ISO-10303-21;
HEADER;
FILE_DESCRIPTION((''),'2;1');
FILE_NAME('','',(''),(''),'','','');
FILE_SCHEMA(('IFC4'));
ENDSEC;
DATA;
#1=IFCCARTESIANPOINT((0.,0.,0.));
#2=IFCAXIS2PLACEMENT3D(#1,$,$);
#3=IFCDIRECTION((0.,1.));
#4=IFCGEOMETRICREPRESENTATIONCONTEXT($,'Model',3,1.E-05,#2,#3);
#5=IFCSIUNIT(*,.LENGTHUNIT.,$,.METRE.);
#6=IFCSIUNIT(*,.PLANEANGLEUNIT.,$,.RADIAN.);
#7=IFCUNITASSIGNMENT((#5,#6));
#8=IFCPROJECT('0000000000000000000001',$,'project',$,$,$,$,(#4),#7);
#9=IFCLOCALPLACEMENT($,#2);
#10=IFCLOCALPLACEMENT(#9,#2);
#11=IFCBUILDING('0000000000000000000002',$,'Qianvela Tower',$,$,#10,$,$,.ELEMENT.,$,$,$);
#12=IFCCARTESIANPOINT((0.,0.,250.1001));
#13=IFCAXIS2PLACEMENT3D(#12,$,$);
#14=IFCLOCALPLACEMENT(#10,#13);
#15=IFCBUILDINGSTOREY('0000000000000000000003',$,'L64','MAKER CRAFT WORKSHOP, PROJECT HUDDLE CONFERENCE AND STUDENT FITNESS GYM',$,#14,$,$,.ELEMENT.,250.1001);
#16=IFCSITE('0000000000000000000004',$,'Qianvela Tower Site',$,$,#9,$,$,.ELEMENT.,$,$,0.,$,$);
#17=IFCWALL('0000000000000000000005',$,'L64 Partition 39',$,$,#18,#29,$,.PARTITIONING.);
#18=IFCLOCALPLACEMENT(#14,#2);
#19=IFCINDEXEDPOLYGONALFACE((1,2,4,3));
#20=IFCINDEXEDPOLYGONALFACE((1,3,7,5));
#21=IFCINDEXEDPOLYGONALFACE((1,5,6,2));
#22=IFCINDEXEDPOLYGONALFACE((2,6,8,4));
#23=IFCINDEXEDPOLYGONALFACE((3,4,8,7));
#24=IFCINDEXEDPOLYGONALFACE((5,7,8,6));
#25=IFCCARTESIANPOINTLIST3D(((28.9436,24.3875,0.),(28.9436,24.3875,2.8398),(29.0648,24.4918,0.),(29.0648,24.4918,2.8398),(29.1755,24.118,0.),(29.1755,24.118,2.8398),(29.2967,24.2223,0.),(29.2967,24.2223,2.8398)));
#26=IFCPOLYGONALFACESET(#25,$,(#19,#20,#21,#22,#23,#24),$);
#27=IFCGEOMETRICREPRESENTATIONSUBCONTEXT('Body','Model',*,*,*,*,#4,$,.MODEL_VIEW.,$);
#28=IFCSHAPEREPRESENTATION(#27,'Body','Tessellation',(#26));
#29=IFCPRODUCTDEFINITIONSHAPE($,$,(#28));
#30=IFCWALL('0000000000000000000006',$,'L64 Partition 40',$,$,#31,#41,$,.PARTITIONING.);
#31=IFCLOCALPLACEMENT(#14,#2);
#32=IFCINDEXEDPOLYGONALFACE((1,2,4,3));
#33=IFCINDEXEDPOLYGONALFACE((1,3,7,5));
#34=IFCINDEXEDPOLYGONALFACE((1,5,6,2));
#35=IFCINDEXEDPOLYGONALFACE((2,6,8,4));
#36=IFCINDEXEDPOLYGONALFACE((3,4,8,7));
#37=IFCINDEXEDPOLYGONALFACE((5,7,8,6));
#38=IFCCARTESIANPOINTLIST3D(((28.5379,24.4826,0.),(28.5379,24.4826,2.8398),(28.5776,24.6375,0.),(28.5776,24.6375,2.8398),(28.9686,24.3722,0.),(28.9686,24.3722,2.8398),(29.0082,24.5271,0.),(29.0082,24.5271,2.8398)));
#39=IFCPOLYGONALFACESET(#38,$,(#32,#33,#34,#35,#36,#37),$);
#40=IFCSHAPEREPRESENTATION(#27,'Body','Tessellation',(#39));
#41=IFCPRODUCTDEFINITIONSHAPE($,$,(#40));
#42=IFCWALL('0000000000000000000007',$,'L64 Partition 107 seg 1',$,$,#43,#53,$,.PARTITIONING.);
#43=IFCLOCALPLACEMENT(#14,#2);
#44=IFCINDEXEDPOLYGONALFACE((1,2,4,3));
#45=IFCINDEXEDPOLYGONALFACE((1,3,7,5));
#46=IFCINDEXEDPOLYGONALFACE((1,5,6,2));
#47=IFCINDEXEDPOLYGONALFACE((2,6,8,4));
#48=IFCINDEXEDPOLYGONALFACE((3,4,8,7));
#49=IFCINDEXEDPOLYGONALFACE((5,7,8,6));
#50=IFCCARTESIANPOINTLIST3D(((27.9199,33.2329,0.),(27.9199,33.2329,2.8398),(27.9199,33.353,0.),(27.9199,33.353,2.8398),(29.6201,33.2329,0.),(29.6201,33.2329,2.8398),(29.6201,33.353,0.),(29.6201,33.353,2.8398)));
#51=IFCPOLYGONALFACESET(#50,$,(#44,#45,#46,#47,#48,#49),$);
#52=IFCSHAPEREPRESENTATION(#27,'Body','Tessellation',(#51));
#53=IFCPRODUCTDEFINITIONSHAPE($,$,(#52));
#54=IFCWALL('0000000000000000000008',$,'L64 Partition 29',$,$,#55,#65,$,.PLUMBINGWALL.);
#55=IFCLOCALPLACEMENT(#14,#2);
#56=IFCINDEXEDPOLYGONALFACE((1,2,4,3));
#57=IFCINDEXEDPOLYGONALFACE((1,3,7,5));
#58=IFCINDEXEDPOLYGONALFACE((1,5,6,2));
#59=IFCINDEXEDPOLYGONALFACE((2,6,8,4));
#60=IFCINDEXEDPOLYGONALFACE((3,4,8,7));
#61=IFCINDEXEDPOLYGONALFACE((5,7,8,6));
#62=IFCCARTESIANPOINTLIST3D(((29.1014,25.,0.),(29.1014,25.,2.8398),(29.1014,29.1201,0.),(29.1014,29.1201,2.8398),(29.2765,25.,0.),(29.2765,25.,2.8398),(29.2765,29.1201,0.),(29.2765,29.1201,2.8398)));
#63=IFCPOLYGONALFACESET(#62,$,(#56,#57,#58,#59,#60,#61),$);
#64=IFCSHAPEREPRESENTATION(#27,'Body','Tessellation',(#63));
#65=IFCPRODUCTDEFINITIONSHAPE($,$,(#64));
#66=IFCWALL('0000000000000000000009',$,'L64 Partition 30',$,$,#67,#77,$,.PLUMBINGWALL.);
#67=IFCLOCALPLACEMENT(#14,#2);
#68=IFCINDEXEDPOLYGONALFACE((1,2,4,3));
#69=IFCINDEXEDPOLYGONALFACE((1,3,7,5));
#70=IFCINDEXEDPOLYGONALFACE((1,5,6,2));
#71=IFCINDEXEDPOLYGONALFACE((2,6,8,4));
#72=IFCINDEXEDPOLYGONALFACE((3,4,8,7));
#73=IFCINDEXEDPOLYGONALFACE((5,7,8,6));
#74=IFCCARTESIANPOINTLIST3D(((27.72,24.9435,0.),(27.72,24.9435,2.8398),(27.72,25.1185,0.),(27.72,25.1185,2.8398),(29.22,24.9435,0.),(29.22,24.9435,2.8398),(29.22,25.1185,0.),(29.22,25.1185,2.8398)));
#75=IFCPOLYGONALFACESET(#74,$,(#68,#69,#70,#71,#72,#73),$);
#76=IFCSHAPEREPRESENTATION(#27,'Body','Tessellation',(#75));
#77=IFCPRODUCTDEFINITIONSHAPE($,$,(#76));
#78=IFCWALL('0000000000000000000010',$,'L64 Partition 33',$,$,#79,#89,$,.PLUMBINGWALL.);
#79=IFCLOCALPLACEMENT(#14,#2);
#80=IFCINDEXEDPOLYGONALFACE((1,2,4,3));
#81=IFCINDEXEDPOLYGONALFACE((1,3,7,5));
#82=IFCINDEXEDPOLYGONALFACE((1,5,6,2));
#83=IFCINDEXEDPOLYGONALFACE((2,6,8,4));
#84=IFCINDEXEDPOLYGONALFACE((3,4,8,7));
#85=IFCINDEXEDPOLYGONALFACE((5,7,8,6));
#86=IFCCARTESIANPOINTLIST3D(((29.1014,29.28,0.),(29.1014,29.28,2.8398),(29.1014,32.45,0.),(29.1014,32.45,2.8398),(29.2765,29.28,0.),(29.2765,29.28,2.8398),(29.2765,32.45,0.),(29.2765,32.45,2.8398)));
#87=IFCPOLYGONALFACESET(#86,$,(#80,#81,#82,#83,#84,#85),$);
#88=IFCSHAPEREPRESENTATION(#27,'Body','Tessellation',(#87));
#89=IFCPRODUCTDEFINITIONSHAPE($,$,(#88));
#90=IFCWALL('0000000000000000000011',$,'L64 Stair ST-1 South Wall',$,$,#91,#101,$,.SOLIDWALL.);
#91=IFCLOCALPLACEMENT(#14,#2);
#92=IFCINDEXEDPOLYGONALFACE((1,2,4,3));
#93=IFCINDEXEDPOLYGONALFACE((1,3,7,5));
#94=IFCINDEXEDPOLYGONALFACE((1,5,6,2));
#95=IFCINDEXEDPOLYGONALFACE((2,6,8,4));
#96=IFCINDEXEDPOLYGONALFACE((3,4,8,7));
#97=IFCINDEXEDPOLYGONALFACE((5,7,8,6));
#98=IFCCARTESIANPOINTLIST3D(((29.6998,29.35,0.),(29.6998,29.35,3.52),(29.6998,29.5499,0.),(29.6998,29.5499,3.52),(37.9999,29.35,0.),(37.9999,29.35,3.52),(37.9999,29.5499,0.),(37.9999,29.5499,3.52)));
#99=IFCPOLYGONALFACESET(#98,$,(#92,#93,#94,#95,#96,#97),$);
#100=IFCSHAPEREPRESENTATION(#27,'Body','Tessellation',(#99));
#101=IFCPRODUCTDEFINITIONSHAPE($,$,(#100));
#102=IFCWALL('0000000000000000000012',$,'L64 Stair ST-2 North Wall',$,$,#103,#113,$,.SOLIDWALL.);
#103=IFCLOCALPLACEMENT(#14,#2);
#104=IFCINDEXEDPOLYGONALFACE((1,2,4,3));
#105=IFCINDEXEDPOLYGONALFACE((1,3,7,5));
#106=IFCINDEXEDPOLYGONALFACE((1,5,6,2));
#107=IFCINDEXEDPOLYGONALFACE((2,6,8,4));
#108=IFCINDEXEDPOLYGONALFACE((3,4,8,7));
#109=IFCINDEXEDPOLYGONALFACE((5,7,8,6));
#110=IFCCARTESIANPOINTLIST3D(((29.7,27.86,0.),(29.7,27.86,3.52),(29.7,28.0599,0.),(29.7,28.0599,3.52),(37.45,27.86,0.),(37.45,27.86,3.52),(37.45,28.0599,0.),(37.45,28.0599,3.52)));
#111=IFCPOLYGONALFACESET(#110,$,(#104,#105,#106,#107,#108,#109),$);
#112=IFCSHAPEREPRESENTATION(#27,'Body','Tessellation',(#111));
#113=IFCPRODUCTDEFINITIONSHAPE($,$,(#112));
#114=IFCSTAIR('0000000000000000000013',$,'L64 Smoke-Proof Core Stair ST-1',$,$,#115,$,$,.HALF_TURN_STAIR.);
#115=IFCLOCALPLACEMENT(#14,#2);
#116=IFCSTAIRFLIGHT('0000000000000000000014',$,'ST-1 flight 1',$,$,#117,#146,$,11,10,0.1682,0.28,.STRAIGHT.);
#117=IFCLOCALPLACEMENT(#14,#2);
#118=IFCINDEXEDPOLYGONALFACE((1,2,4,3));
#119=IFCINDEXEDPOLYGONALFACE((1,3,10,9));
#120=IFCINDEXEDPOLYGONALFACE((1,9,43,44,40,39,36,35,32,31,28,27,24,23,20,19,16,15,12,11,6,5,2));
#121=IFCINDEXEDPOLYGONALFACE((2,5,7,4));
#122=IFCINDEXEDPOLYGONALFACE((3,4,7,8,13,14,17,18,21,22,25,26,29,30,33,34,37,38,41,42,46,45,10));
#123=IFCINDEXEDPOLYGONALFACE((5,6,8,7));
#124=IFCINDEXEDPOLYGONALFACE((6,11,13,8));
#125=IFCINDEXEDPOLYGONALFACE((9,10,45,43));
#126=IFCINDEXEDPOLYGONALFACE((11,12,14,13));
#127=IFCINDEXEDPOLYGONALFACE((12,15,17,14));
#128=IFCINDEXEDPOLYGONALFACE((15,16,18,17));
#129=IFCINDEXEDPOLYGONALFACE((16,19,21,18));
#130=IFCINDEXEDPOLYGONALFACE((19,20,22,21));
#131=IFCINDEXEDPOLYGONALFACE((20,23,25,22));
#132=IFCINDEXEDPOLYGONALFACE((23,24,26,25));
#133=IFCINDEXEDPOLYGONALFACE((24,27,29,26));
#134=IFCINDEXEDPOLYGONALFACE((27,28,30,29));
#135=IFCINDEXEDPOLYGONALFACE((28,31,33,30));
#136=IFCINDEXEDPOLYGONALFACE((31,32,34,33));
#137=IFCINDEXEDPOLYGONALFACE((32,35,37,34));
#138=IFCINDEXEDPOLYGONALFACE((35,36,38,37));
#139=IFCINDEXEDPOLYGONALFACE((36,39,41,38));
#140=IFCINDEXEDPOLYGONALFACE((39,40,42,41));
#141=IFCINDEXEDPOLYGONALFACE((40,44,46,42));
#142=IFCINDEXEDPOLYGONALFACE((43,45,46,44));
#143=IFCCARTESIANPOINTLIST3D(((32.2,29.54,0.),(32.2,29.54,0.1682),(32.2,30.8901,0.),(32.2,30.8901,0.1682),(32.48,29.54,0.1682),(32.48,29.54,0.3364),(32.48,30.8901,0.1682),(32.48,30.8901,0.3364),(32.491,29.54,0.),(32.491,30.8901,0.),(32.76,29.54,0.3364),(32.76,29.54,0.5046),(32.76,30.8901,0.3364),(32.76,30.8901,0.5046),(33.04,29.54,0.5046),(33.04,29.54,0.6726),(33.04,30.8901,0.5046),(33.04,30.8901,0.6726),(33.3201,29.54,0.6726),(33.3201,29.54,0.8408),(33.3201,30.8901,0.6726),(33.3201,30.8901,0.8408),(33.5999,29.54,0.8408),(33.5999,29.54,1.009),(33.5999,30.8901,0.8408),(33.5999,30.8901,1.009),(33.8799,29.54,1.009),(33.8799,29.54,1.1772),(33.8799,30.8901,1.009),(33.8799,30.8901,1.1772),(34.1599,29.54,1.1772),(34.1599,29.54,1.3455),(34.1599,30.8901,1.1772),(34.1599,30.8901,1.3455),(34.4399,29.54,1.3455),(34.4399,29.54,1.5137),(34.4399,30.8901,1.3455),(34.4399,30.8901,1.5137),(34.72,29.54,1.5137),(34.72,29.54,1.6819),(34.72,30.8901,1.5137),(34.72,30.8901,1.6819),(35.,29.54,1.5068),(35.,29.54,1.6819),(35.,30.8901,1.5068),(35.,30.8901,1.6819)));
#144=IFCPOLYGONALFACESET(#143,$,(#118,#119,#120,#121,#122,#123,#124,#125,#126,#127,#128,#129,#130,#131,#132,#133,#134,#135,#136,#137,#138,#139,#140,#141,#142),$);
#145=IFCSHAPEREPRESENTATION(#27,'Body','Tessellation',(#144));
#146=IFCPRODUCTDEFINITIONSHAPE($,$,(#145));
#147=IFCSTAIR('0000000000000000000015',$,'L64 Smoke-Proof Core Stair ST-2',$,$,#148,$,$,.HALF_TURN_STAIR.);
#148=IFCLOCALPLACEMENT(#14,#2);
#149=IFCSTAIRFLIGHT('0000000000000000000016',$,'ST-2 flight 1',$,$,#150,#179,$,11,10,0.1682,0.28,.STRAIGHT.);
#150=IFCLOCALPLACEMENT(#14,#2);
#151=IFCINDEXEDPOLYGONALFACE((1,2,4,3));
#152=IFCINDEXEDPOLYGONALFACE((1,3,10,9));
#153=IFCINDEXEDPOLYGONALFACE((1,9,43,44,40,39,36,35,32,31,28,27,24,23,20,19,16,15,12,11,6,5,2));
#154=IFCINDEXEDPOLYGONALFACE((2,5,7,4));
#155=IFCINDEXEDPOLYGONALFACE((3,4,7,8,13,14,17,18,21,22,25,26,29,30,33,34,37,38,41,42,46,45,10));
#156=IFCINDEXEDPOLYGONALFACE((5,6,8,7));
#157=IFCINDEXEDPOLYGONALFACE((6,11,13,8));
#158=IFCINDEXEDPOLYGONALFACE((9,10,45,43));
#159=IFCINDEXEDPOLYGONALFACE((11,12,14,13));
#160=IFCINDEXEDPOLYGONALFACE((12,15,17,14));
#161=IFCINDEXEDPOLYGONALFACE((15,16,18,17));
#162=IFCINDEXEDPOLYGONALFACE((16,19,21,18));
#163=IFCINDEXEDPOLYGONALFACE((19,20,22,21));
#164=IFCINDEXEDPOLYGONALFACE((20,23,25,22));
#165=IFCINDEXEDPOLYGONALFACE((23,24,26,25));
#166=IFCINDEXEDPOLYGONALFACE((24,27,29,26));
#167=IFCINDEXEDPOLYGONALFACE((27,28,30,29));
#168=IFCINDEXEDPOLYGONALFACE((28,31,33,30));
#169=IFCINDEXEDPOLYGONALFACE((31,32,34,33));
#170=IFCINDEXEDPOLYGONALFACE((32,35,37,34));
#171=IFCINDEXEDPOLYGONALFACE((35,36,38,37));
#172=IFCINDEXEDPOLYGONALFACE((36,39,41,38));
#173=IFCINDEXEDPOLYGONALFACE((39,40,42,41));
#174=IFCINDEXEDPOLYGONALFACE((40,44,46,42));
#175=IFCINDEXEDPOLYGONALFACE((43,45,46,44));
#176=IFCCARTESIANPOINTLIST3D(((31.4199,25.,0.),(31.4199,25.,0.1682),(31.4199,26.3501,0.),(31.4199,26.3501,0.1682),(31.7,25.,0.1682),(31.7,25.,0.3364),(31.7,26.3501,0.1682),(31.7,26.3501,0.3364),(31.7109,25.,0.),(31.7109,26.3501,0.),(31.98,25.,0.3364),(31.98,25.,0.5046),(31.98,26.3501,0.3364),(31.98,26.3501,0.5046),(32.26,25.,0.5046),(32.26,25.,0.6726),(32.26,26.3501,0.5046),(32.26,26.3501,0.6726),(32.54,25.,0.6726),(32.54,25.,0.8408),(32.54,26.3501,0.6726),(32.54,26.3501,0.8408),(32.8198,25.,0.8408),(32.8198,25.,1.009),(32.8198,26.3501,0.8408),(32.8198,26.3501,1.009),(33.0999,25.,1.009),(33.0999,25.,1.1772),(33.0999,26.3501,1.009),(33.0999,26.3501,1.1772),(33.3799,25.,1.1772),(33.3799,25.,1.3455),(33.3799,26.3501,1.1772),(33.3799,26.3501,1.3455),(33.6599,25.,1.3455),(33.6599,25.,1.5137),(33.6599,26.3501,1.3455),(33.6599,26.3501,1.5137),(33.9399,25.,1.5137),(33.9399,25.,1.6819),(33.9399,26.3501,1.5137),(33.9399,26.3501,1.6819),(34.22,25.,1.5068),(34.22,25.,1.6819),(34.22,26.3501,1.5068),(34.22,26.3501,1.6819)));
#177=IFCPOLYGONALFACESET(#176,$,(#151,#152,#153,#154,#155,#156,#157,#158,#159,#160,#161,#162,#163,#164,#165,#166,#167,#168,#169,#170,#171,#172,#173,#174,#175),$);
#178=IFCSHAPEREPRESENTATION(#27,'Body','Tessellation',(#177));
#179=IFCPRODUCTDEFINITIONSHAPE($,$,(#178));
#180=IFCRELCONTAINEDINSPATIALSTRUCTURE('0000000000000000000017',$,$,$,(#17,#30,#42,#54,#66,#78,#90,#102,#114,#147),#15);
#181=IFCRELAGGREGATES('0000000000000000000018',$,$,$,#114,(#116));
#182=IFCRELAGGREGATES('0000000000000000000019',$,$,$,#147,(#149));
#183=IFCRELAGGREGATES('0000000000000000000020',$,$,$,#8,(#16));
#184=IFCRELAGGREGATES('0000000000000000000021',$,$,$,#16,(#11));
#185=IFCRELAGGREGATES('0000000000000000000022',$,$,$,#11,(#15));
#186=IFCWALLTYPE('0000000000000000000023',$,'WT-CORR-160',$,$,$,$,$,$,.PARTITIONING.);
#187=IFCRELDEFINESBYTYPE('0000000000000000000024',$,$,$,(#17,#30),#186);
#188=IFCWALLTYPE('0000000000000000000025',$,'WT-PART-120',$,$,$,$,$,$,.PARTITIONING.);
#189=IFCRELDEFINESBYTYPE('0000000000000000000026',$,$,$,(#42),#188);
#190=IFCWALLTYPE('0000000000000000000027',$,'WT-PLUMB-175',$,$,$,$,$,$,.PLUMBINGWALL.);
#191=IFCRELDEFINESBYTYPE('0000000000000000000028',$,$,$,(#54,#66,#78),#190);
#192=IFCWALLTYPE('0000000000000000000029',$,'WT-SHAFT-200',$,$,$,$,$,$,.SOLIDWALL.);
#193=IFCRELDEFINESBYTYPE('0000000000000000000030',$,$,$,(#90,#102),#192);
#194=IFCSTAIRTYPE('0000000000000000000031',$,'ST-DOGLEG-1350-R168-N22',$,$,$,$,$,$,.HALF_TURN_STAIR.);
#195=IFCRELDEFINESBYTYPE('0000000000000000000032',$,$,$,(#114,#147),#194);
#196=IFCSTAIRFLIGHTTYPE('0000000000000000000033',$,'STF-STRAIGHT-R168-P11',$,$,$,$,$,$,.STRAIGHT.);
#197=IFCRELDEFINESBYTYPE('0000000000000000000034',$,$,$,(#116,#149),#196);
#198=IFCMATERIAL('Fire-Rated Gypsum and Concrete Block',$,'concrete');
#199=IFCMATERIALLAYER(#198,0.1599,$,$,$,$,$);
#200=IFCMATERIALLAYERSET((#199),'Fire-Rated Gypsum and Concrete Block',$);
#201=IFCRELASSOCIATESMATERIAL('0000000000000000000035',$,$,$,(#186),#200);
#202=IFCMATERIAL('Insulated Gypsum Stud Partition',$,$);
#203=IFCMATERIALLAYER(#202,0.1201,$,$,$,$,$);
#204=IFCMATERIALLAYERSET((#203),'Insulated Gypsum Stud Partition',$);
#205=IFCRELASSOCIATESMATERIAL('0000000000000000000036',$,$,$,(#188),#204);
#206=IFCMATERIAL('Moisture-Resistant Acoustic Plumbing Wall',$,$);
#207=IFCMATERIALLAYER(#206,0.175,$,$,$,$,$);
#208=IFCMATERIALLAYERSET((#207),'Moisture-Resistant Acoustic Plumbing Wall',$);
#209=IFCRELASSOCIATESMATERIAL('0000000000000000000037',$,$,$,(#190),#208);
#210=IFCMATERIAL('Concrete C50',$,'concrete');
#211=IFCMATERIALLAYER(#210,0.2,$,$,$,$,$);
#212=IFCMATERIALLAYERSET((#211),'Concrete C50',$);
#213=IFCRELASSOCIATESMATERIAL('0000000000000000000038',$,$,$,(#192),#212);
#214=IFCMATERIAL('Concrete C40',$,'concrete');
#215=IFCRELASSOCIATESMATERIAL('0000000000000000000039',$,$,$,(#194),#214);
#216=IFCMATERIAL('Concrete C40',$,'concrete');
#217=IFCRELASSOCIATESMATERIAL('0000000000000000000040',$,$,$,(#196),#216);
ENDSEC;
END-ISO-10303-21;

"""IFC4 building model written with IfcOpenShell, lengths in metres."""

from ifc_helpers import new_model, si_unit, direction, frame, frame_2d, origin, place, context, subcontext, project, spatial, polyline, rectangle, outline, extrude, material, layer, layer_set, type_object, element, aggregate, save


model = new_model("IFC4")

# Units and contexts
model_context = context("Model", 3, precision=1e-05, world=origin(), true_north=direction((0.0, 1.0)))
body_context = subcontext(model_context, "Body", "Model", "MODEL_VIEW")
ifc_project = project(units=[si_unit("LENGTHUNIT", "METRE"), si_unit("PLANEANGLEUNIT", "RADIAN")], contexts=[model_context])

# Site, building, storey
site_placement = place(None, origin())
site = spatial("IfcSite", under=ifc_project, at=site_placement, Name="Qianvela Tower Site", CompositionType="ELEMENT", RefElevation=0.0)
building_placement = place(site_placement, origin())
building = spatial("IfcBuilding", under=site, at=building_placement, Name="Qianvela Tower", CompositionType="ELEMENT")
storey_placement = place(building_placement, frame((0.0, 0.0, 250.1001)))
storey = spatial("IfcBuildingStorey", under=building, at=storey_placement, Name="L64", Description="MAKER CRAFT WORKSHOP, PROJECT HUDDLE CONFERENCE AND STUDENT FITNESS GYM", CompositionType="ELEMENT", Elevation=250.1001)

# Walls
ifc_material_1 = material(Name="Fire-Rated Gypsum and Concrete Block", Category="concrete")
ifc_layer_1 = layer(ifc_material_1, 0.1599)
ifc_layer_set_1 = layer_set([ifc_layer_1], Name="Fire-Rated Gypsum and Concrete Block")
wall_type_1 = type_object("IfcWallType", Name="WT-CORR-160", PredefinedType="PARTITIONING", material=ifc_layer_set_1)
wall_1_placement = place(storey_placement, frame((29.2361, 24.1702, 0.0), z_axis=(0.0, 0.0, 1.0), x_axis=(-0.65226, 0.757995, 0.0)))
element("IfcWall", 1, at=wall_1_placement, inside=storey, type_object=wall_type_1, Name="L64 Partition 39", PredefinedType="PARTITIONING", context=body_context, shape_type="SweptSolid", body=[
    extrude(rectangle(XDim=0.3555, YDim=0.1599, at=frame_2d((0.1777, 0.0))), origin(), (0.0, 0.0, 1.0), 2.8398),
])
wall_2_placement = place(storey_placement, frame((28.9883, 24.4497, 0.0), z_axis=(0.0, 0.0, 1.0), x_axis=(-0.968705, 0.248217, 0.0)))
element("IfcWall", 2, at=wall_2_placement, inside=storey, type_object=wall_type_1, Name="L64 Partition 40", PredefinedType="PARTITIONING", context=body_context, shape_type="SweptSolid", body=[
    extrude(rectangle(XDim=0.4446, YDim=0.1599, at=frame_2d((0.2222, 0.0))), origin(), (0.0, 0.0, 1.0), 2.8398),
])
ifc_material_2 = material(Name="Insulated Gypsum Stud Partition")
ifc_layer_2 = layer(ifc_material_2, 0.1201)
ifc_layer_set_2 = layer_set([ifc_layer_2], Name="Insulated Gypsum Stud Partition")
wall_type_2 = type_object("IfcWallType", Name="WT-PART-120", PredefinedType="PARTITIONING", material=ifc_layer_set_2)
wall_3_placement = place(storey_placement, frame((29.6201, 33.293, 0.0), z_axis=(0.0, 0.0, 1.0), x_axis=(-1.0, 0.0, 0.0)))
element("IfcWall", 3, at=wall_3_placement, inside=storey, type_object=wall_type_2, Name="L64 Partition 107 seg 1", PredefinedType="PARTITIONING", context=body_context, shape_type="SweptSolid", body=[
    extrude(rectangle(XDim=1.7002, YDim=0.1201, at=frame_2d((0.8501, 0.0))), origin(), (0.0, 0.0, 1.0), 2.8398),
])
ifc_material_3 = material(Name="Moisture-Resistant Acoustic Plumbing Wall")
ifc_layer_3 = layer(ifc_material_3, 0.175)
ifc_layer_set_3 = layer_set([ifc_layer_3], Name="Moisture-Resistant Acoustic Plumbing Wall")
wall_type_3 = type_object("IfcWallType", Name="WT-PLUMB-175", PredefinedType="PLUMBINGWALL", material=ifc_layer_set_3)
wall_4_placement = place(storey_placement, frame((29.189, 29.1201, 0.0), z_axis=(0.0, 0.0, 1.0), x_axis=(0.0, -1.0, 0.0)))
element("IfcWall", 4, at=wall_4_placement, inside=storey, type_object=wall_type_3, Name="L64 Partition 29", PredefinedType="PLUMBINGWALL", context=body_context, shape_type="SweptSolid", body=[
    extrude(rectangle(XDim=4.1201, YDim=0.175, at=frame_2d((2.0601, 0.0))), origin(), (0.0, 0.0, 1.0), 2.8398),
])
wall_5_placement = place(storey_placement, frame((29.22, 25.031, 0.0), z_axis=(0.0, 0.0, 1.0), x_axis=(-1.0, 0.0, 0.0)))
element("IfcWall", 5, at=wall_5_placement, inside=storey, type_object=wall_type_3, Name="L64 Partition 30", PredefinedType="PLUMBINGWALL", context=body_context, shape_type="SweptSolid", body=[
    extrude(rectangle(XDim=1.5, YDim=0.175, at=frame_2d((0.75, 0.0))), origin(), (0.0, 0.0, 1.0), 2.8398),
])
wall_6_placement = place(storey_placement, frame((29.189, 32.45, 0.0), z_axis=(0.0, 0.0, 1.0), x_axis=(0.0, -1.0, 0.0)))
element("IfcWall", 6, at=wall_6_placement, inside=storey, type_object=wall_type_3, Name="L64 Partition 33", PredefinedType="PLUMBINGWALL", context=body_context, shape_type="SweptSolid", body=[
    extrude(rectangle(XDim=3.1699, YDim=0.175, at=frame_2d((1.585, 0.0))), origin(), (0.0, 0.0, 1.0), 2.8398),
])
ifc_material_4 = material(Name="Concrete C50", Category="concrete")
ifc_layer_4 = layer(ifc_material_4, 0.2)
ifc_layer_set_4 = layer_set([ifc_layer_4], Name="Concrete C50")
wall_type_4 = type_object("IfcWallType", Name="WT-SHAFT-200", PredefinedType="SOLIDWALL", material=ifc_layer_set_4)
wall_7_placement = place(storey_placement, frame((29.7, 29.45, 0.0), z_axis=(0.0, 0.0, 1.0), x_axis=(1.0, 0.0, 0.0)))
element("IfcWall", 7, at=wall_7_placement, inside=storey, type_object=wall_type_4, Name="L64 Stair ST-1 South Wall", PredefinedType="SOLIDWALL", context=body_context, shape_type="SweptSolid", body=[
    extrude(rectangle(XDim=8.3, YDim=0.2, at=frame_2d((4.1499, 0.0))), origin(), (0.0, 0.0, 1.0), 3.52),
])
wall_8_placement = place(storey_placement, frame((29.7, 27.96, 0.0), z_axis=(0.0, 0.0, 1.0), x_axis=(1.0, 0.0, 0.0)))
element("IfcWall", 8, at=wall_8_placement, inside=storey, type_object=wall_type_4, Name="L64 Stair ST-2 North Wall", PredefinedType="SOLIDWALL", context=body_context, shape_type="SweptSolid", body=[
    extrude(rectangle(XDim=7.75, YDim=0.2, at=frame_2d((3.875, 0.0))), origin(), (0.0, 0.0, 1.0), 3.52),
])

# Stair, stair flight
ifc_material_5 = material(Name="Concrete C40", Category="concrete")
stair_type = type_object("IfcStairType", Name="ST-DOGLEG-1350-R168-N22", PredefinedType="HALF_TURN_STAIR", material=ifc_material_5)
stair_1_placement = place(storey_placement, origin())
stair_1 = element("IfcStair", 9, at=stair_1_placement, inside=storey, type_object=stair_type, Name="L64 Smoke-Proof Core Stair ST-1", PredefinedType="HALF_TURN_STAIR")
ifc_material_6 = material(Name="Concrete C40", Category="concrete")
stair_flight_type = type_object("IfcStairFlightType", Name="STF-STRAIGHT-R168-P11", PredefinedType="STRAIGHT", material=ifc_material_6)
stair_flight_1_placement = place(storey_placement, frame((32.2, 30.2151, 0.0), z_axis=(0.0, 0.0, 1.0), x_axis=(1.0, 0.0, 0.0)))
stair_flight_1 = element("IfcStairFlight", 10, at=stair_flight_1_placement, type_object=stair_flight_type, Name="ST-1 flight 1", NumberOfRisers=11, NumberOfTreads=10, PredefinedType="STRAIGHT", RiserHeight=0.1682, TreadLength=0.28, context=body_context, shape_type="SweptSolid", body=[
    extrude(outline(polyline([(0.0, 0.0), (0.0, 0.1682), (0.28, 0.1682), (0.28, 0.3364), (0.5601, 0.3364), (0.5601, 0.5046), (0.8401, 0.5046), (0.8401, 0.6726), (1.1201, 0.6726), (1.1201, 0.8408), (1.3999, 0.8408), (1.3999, 1.009), (1.6799, 1.009), (1.6799, 1.1772), (1.96, 1.1772), (1.96, 1.3455), (2.24, 1.3455), (2.24, 1.5137), (2.52, 1.5137), (2.52, 1.6819), (2.8, 1.6819), (2.8, 1.8501), (2.8, 1.5068), (0.291, 0.0), (0.0, 0.0)])), frame((0.0, 0.675, 0.0), z_axis=(0.0, -1.0, 0.0), x_axis=(1.0, 0.0, 0.0)), (0.0, 0.0, 1.0), 1.3501),
])
aggregate(stair_1, [stair_flight_1])

# Stair, stair flight
stair_2_placement = place(storey_placement, origin())
stair_2 = element("IfcStair", 11, at=stair_2_placement, inside=storey, type_object=stair_type, Name="L64 Smoke-Proof Core Stair ST-2", PredefinedType="HALF_TURN_STAIR")
stair_flight_2_placement = place(storey_placement, frame((31.4199, 25.675, 0.0), z_axis=(0.0, 0.0, 1.0), x_axis=(1.0, 0.0, 0.0)))
stair_flight_2 = element("IfcStairFlight", 12, at=stair_flight_2_placement, type_object=stair_flight_type, Name="ST-2 flight 1", NumberOfRisers=11, NumberOfTreads=10, PredefinedType="STRAIGHT", RiserHeight=0.1682, TreadLength=0.28, context=body_context, shape_type="SweptSolid", body=[
    extrude(outline(polyline([(0.0, 0.0), (0.0, 0.1682), (0.28, 0.1682), (0.28, 0.3364), (0.5601, 0.3364), (0.5601, 0.5046), (0.8401, 0.5046), (0.8401, 0.6726), (1.1201, 0.6726), (1.1201, 0.8408), (1.3999, 0.8408), (1.3999, 1.009), (1.6799, 1.009), (1.6799, 1.1772), (1.96, 1.1772), (1.96, 1.3455), (2.24, 1.3455), (2.24, 1.5137), (2.52, 1.5137), (2.52, 1.6819), (2.8, 1.6819), (2.8, 1.8501), (2.8, 1.5068), (0.291, 0.0), (0.0, 0.0)])), frame((0.0, 0.675, 0.0), z_axis=(0.0, -1.0, 0.0), x_axis=(1.0, 0.0, 0.0)), (0.0, 0.0, 1.0), 1.3501),
])
aggregate(stair_2, [stair_flight_2])

save(model, "model.ifc")
